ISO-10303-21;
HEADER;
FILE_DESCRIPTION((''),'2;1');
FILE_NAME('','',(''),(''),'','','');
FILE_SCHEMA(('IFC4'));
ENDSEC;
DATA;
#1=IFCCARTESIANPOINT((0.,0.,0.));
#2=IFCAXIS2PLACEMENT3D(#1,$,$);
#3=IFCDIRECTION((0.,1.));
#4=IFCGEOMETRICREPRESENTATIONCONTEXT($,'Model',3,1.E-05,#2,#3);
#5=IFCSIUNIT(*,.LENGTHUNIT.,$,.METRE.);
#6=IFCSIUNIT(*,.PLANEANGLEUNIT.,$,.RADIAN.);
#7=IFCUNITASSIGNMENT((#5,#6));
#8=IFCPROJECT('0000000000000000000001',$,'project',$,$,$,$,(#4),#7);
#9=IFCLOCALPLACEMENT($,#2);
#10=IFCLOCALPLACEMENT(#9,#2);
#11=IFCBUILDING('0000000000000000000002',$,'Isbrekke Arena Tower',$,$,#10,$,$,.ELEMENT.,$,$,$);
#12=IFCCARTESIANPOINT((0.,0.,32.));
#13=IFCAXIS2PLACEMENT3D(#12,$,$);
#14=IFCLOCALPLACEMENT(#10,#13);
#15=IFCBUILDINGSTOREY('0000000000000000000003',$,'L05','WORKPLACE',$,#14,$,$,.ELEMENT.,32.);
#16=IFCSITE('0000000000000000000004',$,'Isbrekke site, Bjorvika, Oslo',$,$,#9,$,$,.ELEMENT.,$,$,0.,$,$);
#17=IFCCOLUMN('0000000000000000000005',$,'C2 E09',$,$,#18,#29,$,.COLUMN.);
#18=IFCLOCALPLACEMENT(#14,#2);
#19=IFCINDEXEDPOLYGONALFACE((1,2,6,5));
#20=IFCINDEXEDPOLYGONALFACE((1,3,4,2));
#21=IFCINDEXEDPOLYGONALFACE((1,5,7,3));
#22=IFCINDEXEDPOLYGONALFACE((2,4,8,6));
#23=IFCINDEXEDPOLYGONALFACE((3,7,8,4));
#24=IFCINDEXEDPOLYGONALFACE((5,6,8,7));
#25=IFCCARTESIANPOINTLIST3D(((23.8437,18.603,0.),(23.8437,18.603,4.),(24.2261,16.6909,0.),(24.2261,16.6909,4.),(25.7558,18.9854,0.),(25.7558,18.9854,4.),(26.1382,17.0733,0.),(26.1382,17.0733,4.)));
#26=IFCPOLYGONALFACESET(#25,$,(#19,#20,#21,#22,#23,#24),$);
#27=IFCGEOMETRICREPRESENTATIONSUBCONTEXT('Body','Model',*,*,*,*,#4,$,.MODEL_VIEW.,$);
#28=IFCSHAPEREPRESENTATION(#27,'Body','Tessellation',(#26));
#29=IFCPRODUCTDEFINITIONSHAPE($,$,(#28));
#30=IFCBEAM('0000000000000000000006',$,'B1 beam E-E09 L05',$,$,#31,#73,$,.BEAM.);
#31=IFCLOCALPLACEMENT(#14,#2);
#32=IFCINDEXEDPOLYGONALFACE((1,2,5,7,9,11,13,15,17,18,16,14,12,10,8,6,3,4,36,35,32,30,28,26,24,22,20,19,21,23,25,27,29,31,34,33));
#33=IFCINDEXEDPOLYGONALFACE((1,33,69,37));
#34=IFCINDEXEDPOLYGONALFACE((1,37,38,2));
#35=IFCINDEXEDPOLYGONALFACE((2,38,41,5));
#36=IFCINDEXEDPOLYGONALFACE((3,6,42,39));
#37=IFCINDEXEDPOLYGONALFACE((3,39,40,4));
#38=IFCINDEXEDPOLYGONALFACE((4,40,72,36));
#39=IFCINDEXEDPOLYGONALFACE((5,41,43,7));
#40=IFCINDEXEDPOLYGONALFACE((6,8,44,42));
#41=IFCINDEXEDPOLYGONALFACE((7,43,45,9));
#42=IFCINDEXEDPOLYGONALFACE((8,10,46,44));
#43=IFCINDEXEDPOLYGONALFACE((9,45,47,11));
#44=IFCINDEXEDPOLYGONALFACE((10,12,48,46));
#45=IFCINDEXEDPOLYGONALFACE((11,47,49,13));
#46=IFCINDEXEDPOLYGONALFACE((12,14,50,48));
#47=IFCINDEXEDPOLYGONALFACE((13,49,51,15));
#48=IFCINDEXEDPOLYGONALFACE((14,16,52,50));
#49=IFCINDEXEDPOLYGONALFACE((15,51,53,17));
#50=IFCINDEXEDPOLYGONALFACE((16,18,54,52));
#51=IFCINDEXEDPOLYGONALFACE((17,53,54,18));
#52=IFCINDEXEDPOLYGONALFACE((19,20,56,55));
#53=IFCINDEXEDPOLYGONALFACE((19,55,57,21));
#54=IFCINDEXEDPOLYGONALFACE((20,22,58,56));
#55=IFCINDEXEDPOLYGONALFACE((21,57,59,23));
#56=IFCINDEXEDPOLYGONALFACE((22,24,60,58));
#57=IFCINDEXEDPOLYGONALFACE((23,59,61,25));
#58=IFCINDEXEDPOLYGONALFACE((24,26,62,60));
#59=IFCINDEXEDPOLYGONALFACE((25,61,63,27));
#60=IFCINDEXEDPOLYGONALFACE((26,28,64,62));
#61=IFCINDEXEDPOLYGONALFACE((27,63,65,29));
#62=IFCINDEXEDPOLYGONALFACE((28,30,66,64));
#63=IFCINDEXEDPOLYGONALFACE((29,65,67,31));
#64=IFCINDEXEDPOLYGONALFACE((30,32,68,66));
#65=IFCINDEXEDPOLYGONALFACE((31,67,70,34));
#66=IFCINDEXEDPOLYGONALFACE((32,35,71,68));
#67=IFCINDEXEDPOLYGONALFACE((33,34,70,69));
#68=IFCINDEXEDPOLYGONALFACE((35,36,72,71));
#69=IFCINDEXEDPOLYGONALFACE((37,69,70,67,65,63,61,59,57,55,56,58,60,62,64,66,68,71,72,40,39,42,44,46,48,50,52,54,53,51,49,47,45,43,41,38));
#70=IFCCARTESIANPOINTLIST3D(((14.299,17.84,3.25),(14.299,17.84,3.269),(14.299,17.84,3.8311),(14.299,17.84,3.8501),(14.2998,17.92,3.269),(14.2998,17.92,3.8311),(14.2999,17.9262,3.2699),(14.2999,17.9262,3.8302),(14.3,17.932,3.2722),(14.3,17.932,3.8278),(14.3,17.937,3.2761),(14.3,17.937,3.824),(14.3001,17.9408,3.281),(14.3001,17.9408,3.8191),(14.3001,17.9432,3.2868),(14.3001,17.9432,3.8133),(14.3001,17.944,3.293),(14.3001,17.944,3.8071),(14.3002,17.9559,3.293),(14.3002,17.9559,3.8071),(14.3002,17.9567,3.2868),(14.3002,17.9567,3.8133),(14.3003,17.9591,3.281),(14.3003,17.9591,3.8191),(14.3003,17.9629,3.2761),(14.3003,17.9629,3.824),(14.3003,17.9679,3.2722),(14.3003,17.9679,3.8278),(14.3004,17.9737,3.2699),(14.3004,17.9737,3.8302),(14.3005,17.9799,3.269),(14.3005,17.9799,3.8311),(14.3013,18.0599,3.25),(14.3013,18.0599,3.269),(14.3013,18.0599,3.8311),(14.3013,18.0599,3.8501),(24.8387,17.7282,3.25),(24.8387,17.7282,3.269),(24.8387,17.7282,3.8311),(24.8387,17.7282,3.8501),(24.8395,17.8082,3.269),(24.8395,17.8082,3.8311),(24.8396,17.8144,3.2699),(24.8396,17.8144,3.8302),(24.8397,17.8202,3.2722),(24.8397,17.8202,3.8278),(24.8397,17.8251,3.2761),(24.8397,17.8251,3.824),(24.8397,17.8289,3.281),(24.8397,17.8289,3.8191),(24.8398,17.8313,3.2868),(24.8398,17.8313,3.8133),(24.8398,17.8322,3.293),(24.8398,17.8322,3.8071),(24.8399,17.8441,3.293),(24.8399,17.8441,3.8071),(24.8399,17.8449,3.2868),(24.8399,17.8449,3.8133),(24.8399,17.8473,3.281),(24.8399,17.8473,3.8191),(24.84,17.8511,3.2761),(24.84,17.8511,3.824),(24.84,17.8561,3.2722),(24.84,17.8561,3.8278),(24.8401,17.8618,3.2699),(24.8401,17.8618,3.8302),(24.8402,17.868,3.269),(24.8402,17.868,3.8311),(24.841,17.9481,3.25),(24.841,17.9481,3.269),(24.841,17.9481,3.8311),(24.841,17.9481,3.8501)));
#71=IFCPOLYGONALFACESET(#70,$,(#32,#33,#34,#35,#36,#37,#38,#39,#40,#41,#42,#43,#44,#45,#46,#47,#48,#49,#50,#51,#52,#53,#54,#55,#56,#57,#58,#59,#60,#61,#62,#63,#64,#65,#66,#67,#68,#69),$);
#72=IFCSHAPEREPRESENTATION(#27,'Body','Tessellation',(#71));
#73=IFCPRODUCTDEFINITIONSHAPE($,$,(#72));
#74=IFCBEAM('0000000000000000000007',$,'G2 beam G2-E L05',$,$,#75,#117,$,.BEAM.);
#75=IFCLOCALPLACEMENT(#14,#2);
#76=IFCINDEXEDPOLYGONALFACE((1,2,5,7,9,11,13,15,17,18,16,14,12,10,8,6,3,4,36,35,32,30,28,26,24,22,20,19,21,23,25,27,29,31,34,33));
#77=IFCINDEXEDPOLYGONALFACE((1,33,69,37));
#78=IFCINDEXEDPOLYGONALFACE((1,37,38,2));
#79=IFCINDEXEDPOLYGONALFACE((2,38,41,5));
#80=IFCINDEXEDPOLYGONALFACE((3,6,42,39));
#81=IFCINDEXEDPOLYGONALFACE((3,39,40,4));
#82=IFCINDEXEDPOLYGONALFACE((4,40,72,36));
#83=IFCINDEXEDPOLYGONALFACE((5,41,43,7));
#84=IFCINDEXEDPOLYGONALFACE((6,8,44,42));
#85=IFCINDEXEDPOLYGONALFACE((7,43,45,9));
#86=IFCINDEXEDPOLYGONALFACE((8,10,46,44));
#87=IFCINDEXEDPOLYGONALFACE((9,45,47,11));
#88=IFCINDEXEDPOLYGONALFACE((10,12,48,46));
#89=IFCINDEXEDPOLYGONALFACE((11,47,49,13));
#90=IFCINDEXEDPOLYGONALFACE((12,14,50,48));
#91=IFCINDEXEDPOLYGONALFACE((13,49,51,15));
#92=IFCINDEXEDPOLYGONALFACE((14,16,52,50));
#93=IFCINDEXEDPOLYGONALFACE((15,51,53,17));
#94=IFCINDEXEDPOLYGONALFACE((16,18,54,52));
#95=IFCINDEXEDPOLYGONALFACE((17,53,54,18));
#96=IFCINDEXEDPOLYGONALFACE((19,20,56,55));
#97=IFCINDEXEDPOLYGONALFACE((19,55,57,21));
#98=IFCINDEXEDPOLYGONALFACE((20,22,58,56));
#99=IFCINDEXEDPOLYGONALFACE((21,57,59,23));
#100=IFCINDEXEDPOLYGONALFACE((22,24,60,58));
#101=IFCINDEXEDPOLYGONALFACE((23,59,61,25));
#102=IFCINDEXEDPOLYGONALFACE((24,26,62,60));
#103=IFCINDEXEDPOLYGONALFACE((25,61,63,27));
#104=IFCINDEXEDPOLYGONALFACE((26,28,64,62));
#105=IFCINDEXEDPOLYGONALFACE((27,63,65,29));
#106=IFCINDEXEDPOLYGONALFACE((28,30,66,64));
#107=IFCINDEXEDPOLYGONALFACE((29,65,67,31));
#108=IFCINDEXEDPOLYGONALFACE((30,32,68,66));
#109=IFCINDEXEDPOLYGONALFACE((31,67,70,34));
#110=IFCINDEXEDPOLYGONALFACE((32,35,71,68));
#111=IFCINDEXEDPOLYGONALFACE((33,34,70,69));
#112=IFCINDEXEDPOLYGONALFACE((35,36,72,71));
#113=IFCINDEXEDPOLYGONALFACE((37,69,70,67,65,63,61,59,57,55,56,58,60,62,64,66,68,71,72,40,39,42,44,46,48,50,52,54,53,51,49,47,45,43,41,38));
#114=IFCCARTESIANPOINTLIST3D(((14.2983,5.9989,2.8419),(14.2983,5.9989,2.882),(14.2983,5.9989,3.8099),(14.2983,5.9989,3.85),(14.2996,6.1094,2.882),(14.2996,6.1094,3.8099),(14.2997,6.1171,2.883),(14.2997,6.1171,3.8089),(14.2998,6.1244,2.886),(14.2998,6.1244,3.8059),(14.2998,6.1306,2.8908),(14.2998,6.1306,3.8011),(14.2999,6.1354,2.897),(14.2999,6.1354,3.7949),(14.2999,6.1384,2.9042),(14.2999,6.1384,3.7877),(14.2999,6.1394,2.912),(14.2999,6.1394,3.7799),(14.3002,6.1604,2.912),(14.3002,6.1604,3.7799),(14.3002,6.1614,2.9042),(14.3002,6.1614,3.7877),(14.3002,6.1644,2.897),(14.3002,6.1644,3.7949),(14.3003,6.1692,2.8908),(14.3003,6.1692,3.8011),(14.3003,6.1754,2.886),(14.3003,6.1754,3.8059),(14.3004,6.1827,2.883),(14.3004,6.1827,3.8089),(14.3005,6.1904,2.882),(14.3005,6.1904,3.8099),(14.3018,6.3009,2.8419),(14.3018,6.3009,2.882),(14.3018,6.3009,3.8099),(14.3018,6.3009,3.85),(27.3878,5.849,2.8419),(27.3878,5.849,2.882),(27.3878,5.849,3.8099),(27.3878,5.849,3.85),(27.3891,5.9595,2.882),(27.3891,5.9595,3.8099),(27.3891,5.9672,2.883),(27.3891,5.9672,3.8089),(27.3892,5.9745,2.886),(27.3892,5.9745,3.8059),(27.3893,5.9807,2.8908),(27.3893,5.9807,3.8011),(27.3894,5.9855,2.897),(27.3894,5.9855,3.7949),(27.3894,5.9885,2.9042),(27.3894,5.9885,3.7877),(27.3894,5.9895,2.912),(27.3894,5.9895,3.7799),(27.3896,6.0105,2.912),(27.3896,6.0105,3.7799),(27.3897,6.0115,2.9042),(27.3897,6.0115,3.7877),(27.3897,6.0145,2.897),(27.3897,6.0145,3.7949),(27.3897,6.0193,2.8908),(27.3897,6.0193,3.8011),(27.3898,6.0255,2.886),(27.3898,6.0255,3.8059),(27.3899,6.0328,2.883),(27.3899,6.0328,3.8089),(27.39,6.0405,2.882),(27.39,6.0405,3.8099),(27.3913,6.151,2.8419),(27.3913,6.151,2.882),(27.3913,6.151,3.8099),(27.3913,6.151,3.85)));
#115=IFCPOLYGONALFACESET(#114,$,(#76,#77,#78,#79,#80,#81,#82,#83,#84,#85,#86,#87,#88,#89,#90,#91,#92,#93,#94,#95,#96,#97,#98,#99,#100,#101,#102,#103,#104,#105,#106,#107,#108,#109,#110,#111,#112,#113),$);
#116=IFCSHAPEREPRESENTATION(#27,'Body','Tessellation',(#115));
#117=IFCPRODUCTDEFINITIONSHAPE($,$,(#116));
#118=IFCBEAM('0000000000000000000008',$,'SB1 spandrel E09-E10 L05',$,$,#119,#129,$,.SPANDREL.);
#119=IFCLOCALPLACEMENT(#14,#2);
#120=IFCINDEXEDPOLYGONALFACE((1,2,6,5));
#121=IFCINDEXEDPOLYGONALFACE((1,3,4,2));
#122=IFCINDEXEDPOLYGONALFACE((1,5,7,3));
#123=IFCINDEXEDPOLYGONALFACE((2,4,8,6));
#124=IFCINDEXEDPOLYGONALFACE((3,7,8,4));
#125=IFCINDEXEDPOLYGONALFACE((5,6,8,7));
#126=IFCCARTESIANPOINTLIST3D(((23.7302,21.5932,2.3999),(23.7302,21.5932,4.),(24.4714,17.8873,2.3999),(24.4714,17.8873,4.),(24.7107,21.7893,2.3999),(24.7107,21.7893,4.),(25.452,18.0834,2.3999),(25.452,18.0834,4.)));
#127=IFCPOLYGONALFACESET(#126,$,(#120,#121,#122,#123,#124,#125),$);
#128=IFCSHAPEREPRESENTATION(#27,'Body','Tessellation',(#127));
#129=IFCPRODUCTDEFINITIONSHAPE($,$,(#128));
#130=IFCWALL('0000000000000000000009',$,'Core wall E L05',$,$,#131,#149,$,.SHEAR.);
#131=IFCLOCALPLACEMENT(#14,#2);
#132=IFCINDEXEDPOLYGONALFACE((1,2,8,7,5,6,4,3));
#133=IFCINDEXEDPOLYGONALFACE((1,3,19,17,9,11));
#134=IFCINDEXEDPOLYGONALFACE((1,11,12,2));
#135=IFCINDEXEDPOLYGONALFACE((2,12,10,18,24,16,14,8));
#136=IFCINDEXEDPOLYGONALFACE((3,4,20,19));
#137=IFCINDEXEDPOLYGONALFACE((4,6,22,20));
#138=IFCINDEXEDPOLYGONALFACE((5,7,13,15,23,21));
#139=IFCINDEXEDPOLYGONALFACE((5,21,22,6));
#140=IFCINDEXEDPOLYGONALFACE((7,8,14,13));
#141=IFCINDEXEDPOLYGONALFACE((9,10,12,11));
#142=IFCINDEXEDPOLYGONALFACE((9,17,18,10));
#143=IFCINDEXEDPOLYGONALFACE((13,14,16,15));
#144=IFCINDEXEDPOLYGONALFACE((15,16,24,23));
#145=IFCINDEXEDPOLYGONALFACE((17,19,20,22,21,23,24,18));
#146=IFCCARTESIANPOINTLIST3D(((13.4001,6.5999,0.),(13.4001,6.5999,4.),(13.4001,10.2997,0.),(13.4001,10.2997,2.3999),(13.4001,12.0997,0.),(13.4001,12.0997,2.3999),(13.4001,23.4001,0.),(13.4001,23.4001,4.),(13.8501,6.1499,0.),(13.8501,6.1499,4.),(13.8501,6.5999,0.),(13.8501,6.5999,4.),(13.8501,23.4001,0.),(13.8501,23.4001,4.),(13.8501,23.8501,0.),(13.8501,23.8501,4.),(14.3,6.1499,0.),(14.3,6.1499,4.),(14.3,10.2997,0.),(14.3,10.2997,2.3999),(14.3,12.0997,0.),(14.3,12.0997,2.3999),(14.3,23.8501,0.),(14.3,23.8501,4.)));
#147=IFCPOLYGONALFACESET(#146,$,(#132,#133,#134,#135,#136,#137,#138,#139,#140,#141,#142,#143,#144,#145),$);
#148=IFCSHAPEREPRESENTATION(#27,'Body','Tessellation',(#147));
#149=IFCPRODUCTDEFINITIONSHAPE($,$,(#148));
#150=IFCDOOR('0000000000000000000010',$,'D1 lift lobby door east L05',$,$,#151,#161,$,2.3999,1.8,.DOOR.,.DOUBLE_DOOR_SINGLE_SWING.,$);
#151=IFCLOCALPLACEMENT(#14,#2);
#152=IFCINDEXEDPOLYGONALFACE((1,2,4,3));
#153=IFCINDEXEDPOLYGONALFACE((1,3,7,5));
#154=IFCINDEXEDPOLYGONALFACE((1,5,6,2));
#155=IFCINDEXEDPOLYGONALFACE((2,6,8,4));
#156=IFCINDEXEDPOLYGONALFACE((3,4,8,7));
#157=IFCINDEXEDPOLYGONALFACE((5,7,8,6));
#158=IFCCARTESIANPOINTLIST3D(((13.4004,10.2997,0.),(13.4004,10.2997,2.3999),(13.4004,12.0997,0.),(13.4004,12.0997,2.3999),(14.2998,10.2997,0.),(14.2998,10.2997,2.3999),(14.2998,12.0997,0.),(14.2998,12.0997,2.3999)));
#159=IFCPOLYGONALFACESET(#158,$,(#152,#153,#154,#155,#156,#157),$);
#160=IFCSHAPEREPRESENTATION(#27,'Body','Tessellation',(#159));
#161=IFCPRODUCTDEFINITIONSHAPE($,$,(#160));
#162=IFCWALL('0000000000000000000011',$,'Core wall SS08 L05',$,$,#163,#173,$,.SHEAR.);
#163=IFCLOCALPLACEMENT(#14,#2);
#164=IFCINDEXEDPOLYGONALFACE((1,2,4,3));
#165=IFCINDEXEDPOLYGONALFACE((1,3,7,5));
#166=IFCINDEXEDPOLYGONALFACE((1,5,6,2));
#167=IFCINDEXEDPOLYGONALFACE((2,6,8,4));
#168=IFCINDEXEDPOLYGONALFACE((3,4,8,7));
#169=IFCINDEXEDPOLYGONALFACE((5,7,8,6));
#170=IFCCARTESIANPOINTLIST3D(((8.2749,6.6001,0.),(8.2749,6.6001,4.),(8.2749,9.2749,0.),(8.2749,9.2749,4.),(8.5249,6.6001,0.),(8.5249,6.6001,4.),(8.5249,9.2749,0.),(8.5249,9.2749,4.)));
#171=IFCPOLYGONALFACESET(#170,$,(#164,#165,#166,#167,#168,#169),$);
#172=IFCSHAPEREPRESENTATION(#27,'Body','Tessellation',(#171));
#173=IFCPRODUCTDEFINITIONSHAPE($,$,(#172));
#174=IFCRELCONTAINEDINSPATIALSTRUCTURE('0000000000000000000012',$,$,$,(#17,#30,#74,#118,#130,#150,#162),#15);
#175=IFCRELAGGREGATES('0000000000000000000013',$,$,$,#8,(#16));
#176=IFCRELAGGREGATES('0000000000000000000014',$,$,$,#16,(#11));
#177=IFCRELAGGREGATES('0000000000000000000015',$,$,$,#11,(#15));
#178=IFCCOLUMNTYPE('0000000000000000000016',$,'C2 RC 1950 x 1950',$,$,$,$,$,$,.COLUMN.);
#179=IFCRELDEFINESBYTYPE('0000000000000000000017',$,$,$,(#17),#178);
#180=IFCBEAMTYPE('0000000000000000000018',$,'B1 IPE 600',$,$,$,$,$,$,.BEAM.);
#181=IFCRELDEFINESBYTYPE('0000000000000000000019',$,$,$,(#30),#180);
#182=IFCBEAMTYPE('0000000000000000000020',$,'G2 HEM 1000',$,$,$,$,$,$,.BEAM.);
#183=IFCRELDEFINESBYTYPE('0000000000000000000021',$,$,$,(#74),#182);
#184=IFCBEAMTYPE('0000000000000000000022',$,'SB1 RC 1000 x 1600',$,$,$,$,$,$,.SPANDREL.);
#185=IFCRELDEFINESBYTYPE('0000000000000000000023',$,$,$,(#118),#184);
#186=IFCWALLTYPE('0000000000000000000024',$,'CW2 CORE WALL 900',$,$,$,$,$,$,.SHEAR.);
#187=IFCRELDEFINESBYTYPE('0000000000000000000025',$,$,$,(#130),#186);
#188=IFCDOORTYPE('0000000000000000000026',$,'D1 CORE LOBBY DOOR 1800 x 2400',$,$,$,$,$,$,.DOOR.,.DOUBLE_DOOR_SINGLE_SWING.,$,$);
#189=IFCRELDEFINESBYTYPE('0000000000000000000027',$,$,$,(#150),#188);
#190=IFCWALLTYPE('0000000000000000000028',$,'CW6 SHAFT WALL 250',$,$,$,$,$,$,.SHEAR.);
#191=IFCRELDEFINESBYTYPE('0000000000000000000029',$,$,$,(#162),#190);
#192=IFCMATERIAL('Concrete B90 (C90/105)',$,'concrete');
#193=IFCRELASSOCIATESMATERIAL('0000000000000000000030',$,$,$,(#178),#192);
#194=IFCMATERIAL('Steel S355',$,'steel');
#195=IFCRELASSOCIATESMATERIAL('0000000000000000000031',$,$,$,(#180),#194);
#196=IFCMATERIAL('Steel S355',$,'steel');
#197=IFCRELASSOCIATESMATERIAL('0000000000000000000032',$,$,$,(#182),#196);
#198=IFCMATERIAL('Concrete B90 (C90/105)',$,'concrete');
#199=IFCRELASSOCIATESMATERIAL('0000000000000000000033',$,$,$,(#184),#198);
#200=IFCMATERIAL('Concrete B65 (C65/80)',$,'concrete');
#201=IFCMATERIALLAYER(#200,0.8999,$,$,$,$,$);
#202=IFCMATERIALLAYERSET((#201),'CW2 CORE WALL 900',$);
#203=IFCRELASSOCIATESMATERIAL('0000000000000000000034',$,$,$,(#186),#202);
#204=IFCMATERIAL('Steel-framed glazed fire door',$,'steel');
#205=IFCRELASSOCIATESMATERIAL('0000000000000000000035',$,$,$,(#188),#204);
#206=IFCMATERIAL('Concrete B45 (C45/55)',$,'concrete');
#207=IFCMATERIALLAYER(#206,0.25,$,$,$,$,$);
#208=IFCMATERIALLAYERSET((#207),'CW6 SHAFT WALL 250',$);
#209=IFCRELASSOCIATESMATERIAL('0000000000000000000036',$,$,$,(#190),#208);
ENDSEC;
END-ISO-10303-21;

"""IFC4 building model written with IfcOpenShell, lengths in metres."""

from ifc_helpers import new_model, si_unit, direction, frame, frame_2d, origin, origin_2d, place, context, subcontext, project, spatial, polyline, rectangle, i_section, outline, extrude, material, layer, layer_set, material_profile, profile_set, type_object, element, fill, save


model = new_model("IFC4")

# Units and contexts
model_context = context("Model", 3, precision=1e-05, world=origin(), true_north=direction((0.0, 1.0)))
body_context = subcontext(model_context, "Body", "Model", "MODEL_VIEW")
ifc_project = project(units=[si_unit("LENGTHUNIT", "METRE"), si_unit("PLANEANGLEUNIT", "RADIAN")], contexts=[model_context])

# Site, building, storey
site_placement = place(None, origin())
site = spatial("IfcSite", under=ifc_project, at=site_placement, Name="Isbrekke site, Bjorvika, Oslo", CompositionType="ELEMENT", RefElevation=0.0)
building_placement = place(site_placement, origin())
building = spatial("IfcBuilding", under=site, at=building_placement, Name="Isbrekke Arena Tower", CompositionType="ELEMENT")
storey_placement = place(building_placement, frame((0.0, 0.0, 32.0)))
storey = spatial("IfcBuildingStorey", under=building, at=storey_placement, Name="L05", Description="WORKPLACE", CompositionType="ELEMENT", Elevation=32.0)

# Column
ifc_material_1 = material(Name="Concrete B90 (C90/105)", Category="concrete")
ifc_material_profile_1 = material_profile(ifc_material_1, rectangle(XDim=1.95, YDim=1.95, at=origin_2d()), Name="RC 1950x1950")
ifc_profile_set_1 = profile_set([ifc_material_profile_1], Name="Concrete B90 (C90/105)")
column_type = type_object("IfcColumnType", Name="C2 RC 1950 x 1950", PredefinedType="COLUMN", material=ifc_profile_set_1)
column_placement = place(storey_placement, frame((24.991, 17.8381, 0.0), z_axis=(0.0, 0.0, 1.0), x_axis=(-0.196116, 0.980581, 0.0)))
element("IfcColumn", 1, at=column_placement, inside=storey, type_object=column_type, Name="C2 E09", PredefinedType="COLUMN", context=body_context, shape_type="SweptSolid", body=[
    extrude(rectangle(XDim=1.95, YDim=1.95, at=origin_2d()), origin(), (0.0, 0.0, 1.0), 4.0),
])

# Beams
ifc_material_2 = material(Name="Steel S355", Category="steel")
ifc_material_profile_2 = material_profile(ifc_material_2, i_section(OverallWidth=0.22, OverallDepth=0.6001, WebThickness=0.012, FlangeThickness=0.019, FilletRadius=0.0239, at=origin_2d()), Name="IPE 600")
ifc_profile_set_2 = profile_set([ifc_material_profile_2], Name="Steel S355")
beam_type_1 = type_object("IfcBeamType", Name="B1 IPE 600", PredefinedType="BEAM", material=ifc_profile_set_2)
beam_1_placement = place(storey_placement, frame((24.8398, 17.8381, 3.55), z_axis=(-0.999944, 0.010608, 0.0), x_axis=(-0.010608, -0.999944, 0.0)))
element("IfcBeam", 2, at=beam_1_placement, inside=storey, type_object=beam_type_1, Name="B1 beam E-E09 L05", PredefinedType="BEAM", context=body_context, shape_type="SweptSolid", body=[
    extrude(i_section(OverallWidth=0.22, OverallDepth=0.6001, WebThickness=0.012, FlangeThickness=0.019, FilletRadius=0.0239, at=origin_2d()), origin(), (0.0, 0.0, 1.0), 10.5403),
])
ifc_material_3 = material(Name="Steel S355", Category="steel")
ifc_material_profile_3 = material_profile(ifc_material_3, i_section(OverallWidth=0.302, OverallDepth=1.0081, WebThickness=0.021, FlangeThickness=0.04, FilletRadius=0.03, at=origin_2d()), Name="HEM 1000")
ifc_profile_set_3 = profile_set([ifc_material_profile_3], Name="Steel S355")
beam_type_2 = type_object("IfcBeamType", Name="G2 HEM 1000", PredefinedType="BEAM", material=ifc_profile_set_3)
beam_2_placement = place(storey_placement, frame((14.3, 6.1499, 3.3459), z_axis=(0.999934, -0.011451, 0.0), x_axis=(0.011451, 0.999934, 0.0)))
element("IfcBeam", 3, at=beam_2_placement, inside=storey, type_object=beam_type_2, Name="G2 beam G2-E L05", PredefinedType="BEAM", context=body_context, shape_type="SweptSolid", body=[
    extrude(i_section(OverallWidth=0.302, OverallDepth=1.0081, WebThickness=0.021, FlangeThickness=0.04, FilletRadius=0.03, at=origin_2d()), origin(), (0.0, 0.0, 1.0), 13.0903),
])
ifc_material_4 = material(Name="Concrete B90 (C90/105)", Category="concrete")
ifc_material_profile_4 = material_profile(ifc_material_4, rectangle(XDim=1.0, YDim=1.6001, at=origin_2d()), Name="RC 1000x1600")
ifc_profile_set_4 = profile_set([ifc_material_profile_4], Name="Concrete B90 (C90/105)")
beam_type_3 = type_object("IfcBeamType", Name="SB1 RC 1000 x 1600", PredefinedType="SPANDREL", material=ifc_profile_set_4)
beam_3_placement = place(storey_placement, frame((24.9617, 17.9854, 3.2), z_axis=(-0.196129, 0.980578, 0.0), x_axis=(-0.980578, -0.196129, 0.0)))
element("IfcBeam", 4, at=beam_3_placement, inside=storey, type_object=beam_type_3, Name="SB1 spandrel E09-E10 L05", PredefinedType="SPANDREL", context=body_context, shape_type="SweptSolid", body=[
    extrude(rectangle(XDim=1.0, YDim=1.6001, at=origin_2d()), origin(), (0.0, 0.0, 1.0), 3.7793),
])

# Wall, opening, door
ifc_material_5 = material(Name="Concrete B65 (C65/80)", Category="concrete")
ifc_layer_1 = layer(ifc_material_5, 0.8999)
ifc_layer_set_1 = layer_set([ifc_layer_1], Name="CW2 CORE WALL 900")
wall_type_1 = type_object("IfcWallType", Name="CW2 CORE WALL 900", PredefinedType="SHEAR", material=ifc_layer_set_1)
wall_1_placement = place(storey_placement, frame((13.8501, 6.1499, 0.0), z_axis=(0.0, 0.0, 1.0), x_axis=(0.0, 1.0, 0.0)))
wall_1 = element("IfcWall", 5, at=wall_1_placement, inside=storey, type_object=wall_type_1, Name="Core wall E L05", PredefinedType="SHEAR", context=body_context, shape_type="SweptSolid", body=[
    extrude(outline(polyline([(0.0, -0.45), (17.7002, -0.45), (17.7002, 0.0), (17.2502, 0.0), (17.2502, 0.45), (0.45, 0.45), (0.45, 0.0), (0.0, 0.0), (0.0, -0.45)])), origin(), (0.0, 0.0, 1.0), 4.0),
])
opening_1_placement = place(wall_1_placement, frame((4.1499, 0.0, 0.0)))
opening_1 = element("IfcOpeningElement", 6, at=opening_1_placement, cuts=wall_1, PredefinedType="OPENING", context=body_context, shape_type="SweptSolid", body=[
    extrude(rectangle(XDim=1.8, YDim=2.3999, at=frame_2d((0.8999, 1.2))), frame((0.0, 0.4648, 0.0), z_axis=(0.0, -1.0, 0.0), x_axis=(1.0, 0.0, 0.0)), (0.0, 0.0, 1.0), 0.9297),
])
ifc_material_6 = material(Name="Steel-framed glazed fire door", Category="steel")
door_type_1 = type_object("IfcDoorType", Name="D1 CORE LOBBY DOOR 1800 x 2400", OperationType="DOUBLE_DOOR_SINGLE_SWING", PredefinedType="DOOR", material=ifc_material_6)
door_1_placement = place(opening_1_placement, origin())
door_1 = element("IfcDoor", 7, at=door_1_placement, inside=storey, type_object=door_type_1, Name="D1 lift lobby door east L05", OperationType="DOUBLE_DOOR_SINGLE_SWING", OverallHeight=2.3999, OverallWidth=1.8, PredefinedType="DOOR", context=body_context, shape_type="SweptSolid", body=[
    extrude(rectangle(XDim=1.8, YDim=2.3999, at=frame_2d((0.8999, 1.2))), frame((0.0, 0.4497, 0.0), z_axis=(0.0, -1.0, 0.0), x_axis=(1.0, 0.0, 0.0)), (0.0, 0.0, 1.0), 0.8994),
])
fill(opening_1, door_1)

# Wall
ifc_material_7 = material(Name="Concrete B45 (C45/55)", Category="concrete")
ifc_layer_2 = layer(ifc_material_7, 0.25)
ifc_layer_set_2 = layer_set([ifc_layer_2], Name="CW6 SHAFT WALL 250")
wall_type_2 = type_object("IfcWallType", Name="CW6 SHAFT WALL 250", PredefinedType="SHEAR", material=ifc_layer_set_2)
for number, where, z_axis, x_axis, name in (
    (8, (8.3999, 6.6001, 0.0), (0.0, 0.0, 1.0), (0.0, 1.0, 0.0), "Core wall SS08 L05"),
):
    element("IfcWall", number, at=place(storey_placement, frame(where, z_axis=z_axis, x_axis=x_axis)), inside=storey, type_object=wall_type_2, Name=name, PredefinedType="SHEAR", context=body_context, shape_type="SweptSolid", body=[
        extrude(rectangle(XDim=2.6748, YDim=0.25, at=frame_2d((1.3374, 0.0))), origin(), (0.0, 0.0, 1.0), 4.0),
    ])

save(model, "model.ifc")
